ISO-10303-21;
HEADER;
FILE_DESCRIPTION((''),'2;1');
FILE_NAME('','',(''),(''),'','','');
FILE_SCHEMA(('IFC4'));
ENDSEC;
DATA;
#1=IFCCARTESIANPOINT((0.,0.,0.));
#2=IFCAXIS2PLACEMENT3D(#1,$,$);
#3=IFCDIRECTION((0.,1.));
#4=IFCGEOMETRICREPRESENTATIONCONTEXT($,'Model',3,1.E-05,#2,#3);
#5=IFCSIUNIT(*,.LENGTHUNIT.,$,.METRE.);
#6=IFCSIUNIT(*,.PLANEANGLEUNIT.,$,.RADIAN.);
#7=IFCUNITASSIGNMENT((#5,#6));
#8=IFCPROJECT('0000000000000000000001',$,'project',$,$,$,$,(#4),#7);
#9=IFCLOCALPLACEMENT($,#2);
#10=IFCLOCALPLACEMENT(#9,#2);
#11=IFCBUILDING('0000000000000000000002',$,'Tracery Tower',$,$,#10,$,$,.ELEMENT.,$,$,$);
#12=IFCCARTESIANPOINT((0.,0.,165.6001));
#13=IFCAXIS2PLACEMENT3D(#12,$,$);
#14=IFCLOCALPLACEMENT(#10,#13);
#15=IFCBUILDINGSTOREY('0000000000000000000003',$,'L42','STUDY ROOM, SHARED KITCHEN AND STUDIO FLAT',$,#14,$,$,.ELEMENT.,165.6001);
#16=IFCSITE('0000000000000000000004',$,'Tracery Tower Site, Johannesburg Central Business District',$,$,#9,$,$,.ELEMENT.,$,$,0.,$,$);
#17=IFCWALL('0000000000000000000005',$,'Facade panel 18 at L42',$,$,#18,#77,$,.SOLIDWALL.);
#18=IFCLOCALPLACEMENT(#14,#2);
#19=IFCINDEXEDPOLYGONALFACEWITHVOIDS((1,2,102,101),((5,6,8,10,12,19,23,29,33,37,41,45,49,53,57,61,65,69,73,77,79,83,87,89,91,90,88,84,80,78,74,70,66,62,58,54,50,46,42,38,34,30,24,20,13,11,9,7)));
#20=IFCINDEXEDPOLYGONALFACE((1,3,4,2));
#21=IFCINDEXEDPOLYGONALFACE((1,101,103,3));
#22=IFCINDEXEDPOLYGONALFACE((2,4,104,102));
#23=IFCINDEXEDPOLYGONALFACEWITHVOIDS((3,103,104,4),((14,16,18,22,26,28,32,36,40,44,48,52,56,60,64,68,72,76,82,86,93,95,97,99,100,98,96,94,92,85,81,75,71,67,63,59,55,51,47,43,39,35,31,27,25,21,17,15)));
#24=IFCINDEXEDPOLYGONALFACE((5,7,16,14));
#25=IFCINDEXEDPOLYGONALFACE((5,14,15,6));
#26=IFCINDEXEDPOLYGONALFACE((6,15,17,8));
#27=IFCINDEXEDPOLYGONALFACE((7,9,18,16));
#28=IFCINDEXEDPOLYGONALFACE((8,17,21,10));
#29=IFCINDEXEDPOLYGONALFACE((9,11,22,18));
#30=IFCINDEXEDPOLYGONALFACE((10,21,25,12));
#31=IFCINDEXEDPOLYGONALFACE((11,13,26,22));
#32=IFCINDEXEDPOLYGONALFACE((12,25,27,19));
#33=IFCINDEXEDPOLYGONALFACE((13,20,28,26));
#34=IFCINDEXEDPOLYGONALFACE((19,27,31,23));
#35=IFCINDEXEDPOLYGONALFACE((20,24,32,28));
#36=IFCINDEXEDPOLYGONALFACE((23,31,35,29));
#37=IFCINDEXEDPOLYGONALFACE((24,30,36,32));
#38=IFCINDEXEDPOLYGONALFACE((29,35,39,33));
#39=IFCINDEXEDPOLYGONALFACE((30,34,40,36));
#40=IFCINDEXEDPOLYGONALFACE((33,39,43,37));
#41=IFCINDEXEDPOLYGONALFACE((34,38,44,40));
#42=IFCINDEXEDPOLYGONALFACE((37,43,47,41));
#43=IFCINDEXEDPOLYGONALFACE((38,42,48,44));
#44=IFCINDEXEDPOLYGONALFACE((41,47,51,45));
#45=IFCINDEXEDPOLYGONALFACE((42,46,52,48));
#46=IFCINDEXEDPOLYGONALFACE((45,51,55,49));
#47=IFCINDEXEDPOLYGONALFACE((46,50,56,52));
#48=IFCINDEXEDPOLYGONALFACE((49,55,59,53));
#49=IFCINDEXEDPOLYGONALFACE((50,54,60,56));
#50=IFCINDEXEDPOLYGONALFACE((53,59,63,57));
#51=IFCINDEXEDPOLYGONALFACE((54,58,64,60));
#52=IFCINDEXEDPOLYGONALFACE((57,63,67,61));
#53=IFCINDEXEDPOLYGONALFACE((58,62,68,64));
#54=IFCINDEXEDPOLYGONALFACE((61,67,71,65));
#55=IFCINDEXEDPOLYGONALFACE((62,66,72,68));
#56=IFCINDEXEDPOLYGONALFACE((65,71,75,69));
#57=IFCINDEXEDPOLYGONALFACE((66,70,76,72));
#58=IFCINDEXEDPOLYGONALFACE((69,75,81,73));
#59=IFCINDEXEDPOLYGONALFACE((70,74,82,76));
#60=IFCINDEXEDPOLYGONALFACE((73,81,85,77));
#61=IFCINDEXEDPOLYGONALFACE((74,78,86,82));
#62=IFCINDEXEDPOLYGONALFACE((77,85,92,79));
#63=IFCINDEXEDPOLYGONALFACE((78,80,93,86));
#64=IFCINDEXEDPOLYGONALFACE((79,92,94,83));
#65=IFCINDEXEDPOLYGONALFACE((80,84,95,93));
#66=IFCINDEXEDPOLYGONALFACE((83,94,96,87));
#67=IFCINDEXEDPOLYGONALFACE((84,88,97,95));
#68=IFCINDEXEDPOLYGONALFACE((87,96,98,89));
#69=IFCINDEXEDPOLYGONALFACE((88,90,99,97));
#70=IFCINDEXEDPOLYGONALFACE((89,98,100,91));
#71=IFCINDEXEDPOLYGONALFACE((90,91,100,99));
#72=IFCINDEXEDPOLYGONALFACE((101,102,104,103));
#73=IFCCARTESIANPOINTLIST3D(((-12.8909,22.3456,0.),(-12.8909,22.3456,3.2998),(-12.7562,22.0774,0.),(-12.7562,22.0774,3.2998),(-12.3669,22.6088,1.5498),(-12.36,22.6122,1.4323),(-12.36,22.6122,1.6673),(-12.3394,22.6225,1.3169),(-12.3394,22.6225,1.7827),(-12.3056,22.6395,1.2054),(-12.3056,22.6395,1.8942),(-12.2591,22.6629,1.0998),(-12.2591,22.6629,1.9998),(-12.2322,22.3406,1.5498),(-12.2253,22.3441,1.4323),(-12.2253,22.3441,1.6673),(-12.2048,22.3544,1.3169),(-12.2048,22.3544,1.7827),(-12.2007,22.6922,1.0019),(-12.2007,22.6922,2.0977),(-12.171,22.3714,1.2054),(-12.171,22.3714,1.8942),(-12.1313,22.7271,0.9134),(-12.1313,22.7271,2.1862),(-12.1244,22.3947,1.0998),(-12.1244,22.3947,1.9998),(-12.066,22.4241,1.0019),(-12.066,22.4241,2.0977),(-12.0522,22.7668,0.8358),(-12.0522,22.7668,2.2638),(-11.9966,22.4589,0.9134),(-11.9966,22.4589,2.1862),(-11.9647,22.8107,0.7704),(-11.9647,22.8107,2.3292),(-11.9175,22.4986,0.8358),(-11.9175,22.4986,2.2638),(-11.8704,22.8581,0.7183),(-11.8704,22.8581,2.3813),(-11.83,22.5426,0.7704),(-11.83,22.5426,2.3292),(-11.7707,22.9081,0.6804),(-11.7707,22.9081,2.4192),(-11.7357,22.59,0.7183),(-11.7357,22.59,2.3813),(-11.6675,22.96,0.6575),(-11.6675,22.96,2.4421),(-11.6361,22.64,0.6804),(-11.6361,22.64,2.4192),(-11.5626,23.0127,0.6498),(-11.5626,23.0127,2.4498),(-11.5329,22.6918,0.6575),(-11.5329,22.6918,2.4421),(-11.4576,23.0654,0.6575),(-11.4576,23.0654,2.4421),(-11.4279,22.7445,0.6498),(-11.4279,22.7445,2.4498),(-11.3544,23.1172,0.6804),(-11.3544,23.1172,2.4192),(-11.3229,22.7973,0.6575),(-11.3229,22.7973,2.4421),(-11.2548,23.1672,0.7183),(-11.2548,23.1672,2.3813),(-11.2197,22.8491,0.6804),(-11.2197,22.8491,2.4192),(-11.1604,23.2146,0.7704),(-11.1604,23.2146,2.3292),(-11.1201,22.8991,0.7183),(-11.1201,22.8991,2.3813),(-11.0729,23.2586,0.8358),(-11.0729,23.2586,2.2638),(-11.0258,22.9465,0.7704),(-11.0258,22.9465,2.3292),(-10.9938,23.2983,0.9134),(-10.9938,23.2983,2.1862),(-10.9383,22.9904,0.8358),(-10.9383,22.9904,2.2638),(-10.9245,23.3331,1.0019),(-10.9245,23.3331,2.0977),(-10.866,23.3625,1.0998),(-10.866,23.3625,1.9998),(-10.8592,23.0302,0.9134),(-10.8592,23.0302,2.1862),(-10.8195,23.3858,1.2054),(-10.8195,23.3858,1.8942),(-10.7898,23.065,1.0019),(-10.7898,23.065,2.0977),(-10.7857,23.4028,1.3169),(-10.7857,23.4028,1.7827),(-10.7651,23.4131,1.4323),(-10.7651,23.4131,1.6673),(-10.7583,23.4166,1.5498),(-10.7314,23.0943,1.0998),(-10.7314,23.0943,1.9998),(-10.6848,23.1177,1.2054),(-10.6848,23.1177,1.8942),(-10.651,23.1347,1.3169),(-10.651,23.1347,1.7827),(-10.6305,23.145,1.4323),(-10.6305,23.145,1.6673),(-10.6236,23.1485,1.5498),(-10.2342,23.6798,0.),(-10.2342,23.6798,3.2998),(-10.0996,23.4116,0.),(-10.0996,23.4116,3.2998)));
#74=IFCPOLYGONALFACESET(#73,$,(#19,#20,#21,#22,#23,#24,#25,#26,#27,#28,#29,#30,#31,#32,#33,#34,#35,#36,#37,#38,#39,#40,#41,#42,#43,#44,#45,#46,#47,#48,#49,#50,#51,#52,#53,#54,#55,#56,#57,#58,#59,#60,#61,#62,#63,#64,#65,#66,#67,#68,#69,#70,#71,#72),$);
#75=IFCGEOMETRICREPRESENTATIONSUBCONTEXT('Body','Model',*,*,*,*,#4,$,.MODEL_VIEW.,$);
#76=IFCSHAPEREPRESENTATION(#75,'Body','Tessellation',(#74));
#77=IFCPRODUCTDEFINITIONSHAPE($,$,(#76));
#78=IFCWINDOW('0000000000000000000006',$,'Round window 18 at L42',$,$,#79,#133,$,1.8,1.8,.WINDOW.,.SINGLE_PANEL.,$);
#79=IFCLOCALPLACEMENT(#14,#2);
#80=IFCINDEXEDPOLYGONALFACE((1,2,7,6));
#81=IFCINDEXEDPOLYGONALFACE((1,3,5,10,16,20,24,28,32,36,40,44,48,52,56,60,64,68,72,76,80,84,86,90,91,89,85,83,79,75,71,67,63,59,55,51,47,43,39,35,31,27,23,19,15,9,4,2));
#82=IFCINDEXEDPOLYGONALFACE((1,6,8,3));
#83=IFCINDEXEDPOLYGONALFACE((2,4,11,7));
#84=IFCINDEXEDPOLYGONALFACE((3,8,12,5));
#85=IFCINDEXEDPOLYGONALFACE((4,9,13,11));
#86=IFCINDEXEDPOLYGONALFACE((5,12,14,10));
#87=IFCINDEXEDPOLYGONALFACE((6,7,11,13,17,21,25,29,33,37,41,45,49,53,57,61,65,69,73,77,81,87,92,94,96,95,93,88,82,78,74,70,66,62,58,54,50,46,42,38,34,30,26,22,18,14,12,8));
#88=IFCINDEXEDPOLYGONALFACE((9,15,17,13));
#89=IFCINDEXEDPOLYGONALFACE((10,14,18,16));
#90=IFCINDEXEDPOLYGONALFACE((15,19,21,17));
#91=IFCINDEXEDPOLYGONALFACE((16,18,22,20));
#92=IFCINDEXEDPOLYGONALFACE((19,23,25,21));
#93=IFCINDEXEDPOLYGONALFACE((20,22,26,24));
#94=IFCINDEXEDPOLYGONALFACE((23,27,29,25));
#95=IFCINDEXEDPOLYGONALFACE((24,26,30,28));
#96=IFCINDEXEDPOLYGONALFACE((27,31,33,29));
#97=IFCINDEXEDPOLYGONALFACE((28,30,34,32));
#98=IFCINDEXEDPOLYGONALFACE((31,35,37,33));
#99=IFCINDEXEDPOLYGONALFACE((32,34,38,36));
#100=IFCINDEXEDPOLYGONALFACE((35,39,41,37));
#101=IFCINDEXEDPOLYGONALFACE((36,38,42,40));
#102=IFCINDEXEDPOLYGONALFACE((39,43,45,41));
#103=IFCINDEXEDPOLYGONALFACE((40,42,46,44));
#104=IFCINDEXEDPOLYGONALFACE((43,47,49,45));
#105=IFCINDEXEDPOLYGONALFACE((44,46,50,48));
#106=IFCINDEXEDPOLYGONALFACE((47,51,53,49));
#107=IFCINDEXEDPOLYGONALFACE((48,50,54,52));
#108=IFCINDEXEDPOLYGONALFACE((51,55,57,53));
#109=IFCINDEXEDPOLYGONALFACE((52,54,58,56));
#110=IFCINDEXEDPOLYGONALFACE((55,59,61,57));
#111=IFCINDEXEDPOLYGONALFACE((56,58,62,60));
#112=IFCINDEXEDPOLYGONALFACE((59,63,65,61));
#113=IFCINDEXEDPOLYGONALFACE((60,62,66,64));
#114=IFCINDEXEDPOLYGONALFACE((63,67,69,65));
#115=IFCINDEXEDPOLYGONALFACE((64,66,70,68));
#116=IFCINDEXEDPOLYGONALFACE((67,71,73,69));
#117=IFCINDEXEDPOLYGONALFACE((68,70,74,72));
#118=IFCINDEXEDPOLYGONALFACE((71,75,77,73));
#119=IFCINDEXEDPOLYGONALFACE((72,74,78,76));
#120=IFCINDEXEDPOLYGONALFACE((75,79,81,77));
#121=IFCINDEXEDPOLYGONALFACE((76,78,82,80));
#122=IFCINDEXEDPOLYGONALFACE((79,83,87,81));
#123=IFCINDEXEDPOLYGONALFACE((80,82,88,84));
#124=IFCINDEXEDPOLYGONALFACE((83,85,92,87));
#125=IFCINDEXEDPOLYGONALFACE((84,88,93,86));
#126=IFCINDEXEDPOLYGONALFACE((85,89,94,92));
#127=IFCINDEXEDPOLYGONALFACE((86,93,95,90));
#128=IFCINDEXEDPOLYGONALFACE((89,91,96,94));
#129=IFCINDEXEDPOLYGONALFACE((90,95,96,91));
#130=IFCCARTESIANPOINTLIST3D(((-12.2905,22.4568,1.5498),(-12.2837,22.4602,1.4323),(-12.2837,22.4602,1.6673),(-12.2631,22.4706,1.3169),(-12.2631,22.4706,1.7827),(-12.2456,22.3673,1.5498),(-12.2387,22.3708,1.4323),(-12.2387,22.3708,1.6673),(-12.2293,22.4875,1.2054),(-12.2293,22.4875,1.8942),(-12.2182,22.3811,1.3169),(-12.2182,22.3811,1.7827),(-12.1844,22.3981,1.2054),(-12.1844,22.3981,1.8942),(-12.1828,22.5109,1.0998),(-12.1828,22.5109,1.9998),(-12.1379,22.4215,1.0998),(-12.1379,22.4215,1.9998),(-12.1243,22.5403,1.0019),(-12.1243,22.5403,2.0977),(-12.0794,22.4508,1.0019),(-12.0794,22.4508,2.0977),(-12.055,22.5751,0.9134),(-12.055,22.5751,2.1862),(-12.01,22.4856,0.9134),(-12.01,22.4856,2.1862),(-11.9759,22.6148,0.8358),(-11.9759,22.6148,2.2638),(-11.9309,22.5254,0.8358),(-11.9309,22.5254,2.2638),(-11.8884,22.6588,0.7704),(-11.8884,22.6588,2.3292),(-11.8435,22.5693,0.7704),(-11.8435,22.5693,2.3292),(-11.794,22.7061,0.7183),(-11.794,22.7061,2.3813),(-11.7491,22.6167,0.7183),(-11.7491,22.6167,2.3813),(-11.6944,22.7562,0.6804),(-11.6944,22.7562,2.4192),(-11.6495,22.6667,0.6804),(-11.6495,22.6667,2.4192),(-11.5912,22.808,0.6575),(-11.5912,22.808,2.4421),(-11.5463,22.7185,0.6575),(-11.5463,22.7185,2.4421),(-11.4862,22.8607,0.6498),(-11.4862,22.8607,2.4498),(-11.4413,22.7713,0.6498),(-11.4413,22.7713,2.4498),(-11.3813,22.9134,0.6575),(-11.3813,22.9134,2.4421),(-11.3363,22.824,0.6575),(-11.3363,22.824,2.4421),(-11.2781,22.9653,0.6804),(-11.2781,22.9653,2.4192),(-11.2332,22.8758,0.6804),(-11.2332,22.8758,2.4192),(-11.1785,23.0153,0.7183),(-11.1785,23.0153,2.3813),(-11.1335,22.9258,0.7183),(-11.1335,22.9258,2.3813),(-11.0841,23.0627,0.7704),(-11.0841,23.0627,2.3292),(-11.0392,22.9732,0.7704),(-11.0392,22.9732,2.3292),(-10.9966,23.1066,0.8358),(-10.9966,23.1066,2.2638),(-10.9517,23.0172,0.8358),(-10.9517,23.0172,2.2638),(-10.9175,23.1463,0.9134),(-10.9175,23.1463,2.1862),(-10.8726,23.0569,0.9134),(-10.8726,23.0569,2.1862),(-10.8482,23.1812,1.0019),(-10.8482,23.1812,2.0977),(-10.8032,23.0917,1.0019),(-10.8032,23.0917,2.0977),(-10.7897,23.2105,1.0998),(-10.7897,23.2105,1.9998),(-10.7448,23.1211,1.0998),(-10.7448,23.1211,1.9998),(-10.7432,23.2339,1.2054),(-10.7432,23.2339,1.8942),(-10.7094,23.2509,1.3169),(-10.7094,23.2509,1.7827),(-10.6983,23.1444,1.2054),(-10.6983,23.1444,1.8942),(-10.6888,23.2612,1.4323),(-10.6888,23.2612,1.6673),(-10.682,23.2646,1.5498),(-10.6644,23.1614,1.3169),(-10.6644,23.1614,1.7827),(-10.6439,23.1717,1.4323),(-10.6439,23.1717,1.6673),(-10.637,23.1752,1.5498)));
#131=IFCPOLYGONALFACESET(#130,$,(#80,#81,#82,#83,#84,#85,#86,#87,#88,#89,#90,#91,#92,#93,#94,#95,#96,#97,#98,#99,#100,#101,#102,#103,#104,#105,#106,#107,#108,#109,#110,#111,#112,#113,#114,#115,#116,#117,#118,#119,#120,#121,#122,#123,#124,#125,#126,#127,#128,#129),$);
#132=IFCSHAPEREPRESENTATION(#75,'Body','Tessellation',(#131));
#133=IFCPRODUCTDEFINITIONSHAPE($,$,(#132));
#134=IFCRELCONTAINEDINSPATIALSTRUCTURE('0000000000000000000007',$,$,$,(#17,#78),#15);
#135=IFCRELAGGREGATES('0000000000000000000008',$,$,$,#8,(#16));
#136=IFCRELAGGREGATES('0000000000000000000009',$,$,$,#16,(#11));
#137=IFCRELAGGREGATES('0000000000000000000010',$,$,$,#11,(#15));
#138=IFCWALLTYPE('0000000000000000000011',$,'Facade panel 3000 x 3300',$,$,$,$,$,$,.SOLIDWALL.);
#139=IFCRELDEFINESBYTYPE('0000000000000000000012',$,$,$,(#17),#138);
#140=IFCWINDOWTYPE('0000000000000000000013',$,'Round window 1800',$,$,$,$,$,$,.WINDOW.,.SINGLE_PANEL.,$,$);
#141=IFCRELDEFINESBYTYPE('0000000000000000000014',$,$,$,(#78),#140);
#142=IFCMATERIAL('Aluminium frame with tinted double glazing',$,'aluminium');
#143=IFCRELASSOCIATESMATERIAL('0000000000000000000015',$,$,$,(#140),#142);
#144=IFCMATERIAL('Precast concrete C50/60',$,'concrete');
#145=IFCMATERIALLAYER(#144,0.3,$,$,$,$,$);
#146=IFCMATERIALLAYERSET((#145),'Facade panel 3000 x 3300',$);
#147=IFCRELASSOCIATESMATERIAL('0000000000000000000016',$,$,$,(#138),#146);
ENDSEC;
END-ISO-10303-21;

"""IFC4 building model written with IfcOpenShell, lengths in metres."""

from ifc_helpers import new_model, si_unit, direction, frame, frame_2d, origin, origin_2d, place, context, subcontext, project, spatial, rectangle, circle, extrude, material, layer, layer_set, type_object, element, fill, save


model = new_model("IFC4")

# Units and contexts
model_context = context("Model", 3, precision=1e-05, world=origin(), true_north=direction((0.0, 1.0)))
body_context = subcontext(model_context, "Body", "Model", "MODEL_VIEW")
ifc_project = project(units=[si_unit("LENGTHUNIT", "METRE"), si_unit("PLANEANGLEUNIT", "RADIAN")], contexts=[model_context])

# Site, building, storey
site_placement = place(None, origin())
site = spatial("IfcSite", under=ifc_project, at=site_placement, Name="Tracery Tower Site, Johannesburg Central Business District", CompositionType="ELEMENT", RefElevation=0.0)
building_placement = place(site_placement, origin())
building = spatial("IfcBuilding", under=site, at=building_placement, Name="Tracery Tower", CompositionType="ELEMENT")
storey_placement = place(building_placement, frame((0.0, 0.0, 165.6001)))
storey = spatial("IfcBuildingStorey", under=building, at=storey_placement, Name="L42", Description="STUDY ROOM, SHARED KITCHEN AND STUDIO FLAT", CompositionType="ELEMENT", Elevation=165.6001)

# Wall, opening, window
ifc_material_1 = material(Name="Aluminium frame with tinted double glazing", Category="aluminium")
window_type = type_object("IfcWindowType", Name="Round window 1800", PartitioningType="SINGLE_PANEL", PredefinedType="WINDOW", material=ifc_material_1)
ifc_material_2 = material(Name="Precast concrete C50/60", Category="concrete")
ifc_layer_1 = layer(ifc_material_2, 0.3)
ifc_layer_set_1 = layer_set([ifc_layer_1], Name="Facade panel 3000 x 3300")
wall_type_1 = type_object("IfcWallType", Name="Facade panel 3000 x 3300", PredefinedType="SOLIDWALL", material=ifc_layer_set_1)
wall_1_placement = place(storey_placement, frame((-10.167, 23.5457, 0.0), z_axis=(0.0, 0.0, 1.0), x_axis=(-0.893637, -0.44879, 0.0)))
wall_1 = element("IfcWall", 1, at=wall_1_placement, inside=storey, type_object=wall_type_1, Name="Facade panel 18 at L42", PredefinedType="SOLIDWALL", context=body_context, shape_type="SweptSolid", body=[
    extrude(rectangle(XDim=2.9729, YDim=0.3, at=frame_2d((1.4863, 0.0))), origin(), (0.0, 0.0, 1.0), 3.2998),
])
opening_1_placement = place(wall_1_placement, frame((1.4863, 0.0, 1.5498)))
opening_1 = element("IfcOpeningElement", 2, at=opening_1_placement, cuts=wall_1, PredefinedType="OPENING", context=body_context, shape_type="SweptSolid", body=[
    extrude(circle(Radius=0.9, at=origin_2d()), frame((0.0, 0.1599, 0.0), z_axis=(0.0, -1.0, 0.0), x_axis=(1.0, 0.0, 0.0)), (0.0, 0.0, 1.0), 0.3201),
])
window_1_placement = place(opening_1_placement, origin())
window_1 = element("IfcWindow", 3, at=window_1_placement, inside=storey, type_object=window_type, Name="Round window 18 at L42", OverallHeight=1.8, OverallWidth=1.8, PartitioningType="SINGLE_PANEL", PredefinedType="WINDOW", context=body_context, shape_type="SweptSolid", body=[
    extrude(circle(Radius=0.9, at=origin_2d()), frame((0.0, 0.1201, 0.0), z_axis=(0.0, -1.0, 0.0), x_axis=(1.0, 0.0, 0.0)), (0.0, 0.0, 1.0), 0.1001),
])
fill(opening_1, window_1)

save(model, "model.ifc")
